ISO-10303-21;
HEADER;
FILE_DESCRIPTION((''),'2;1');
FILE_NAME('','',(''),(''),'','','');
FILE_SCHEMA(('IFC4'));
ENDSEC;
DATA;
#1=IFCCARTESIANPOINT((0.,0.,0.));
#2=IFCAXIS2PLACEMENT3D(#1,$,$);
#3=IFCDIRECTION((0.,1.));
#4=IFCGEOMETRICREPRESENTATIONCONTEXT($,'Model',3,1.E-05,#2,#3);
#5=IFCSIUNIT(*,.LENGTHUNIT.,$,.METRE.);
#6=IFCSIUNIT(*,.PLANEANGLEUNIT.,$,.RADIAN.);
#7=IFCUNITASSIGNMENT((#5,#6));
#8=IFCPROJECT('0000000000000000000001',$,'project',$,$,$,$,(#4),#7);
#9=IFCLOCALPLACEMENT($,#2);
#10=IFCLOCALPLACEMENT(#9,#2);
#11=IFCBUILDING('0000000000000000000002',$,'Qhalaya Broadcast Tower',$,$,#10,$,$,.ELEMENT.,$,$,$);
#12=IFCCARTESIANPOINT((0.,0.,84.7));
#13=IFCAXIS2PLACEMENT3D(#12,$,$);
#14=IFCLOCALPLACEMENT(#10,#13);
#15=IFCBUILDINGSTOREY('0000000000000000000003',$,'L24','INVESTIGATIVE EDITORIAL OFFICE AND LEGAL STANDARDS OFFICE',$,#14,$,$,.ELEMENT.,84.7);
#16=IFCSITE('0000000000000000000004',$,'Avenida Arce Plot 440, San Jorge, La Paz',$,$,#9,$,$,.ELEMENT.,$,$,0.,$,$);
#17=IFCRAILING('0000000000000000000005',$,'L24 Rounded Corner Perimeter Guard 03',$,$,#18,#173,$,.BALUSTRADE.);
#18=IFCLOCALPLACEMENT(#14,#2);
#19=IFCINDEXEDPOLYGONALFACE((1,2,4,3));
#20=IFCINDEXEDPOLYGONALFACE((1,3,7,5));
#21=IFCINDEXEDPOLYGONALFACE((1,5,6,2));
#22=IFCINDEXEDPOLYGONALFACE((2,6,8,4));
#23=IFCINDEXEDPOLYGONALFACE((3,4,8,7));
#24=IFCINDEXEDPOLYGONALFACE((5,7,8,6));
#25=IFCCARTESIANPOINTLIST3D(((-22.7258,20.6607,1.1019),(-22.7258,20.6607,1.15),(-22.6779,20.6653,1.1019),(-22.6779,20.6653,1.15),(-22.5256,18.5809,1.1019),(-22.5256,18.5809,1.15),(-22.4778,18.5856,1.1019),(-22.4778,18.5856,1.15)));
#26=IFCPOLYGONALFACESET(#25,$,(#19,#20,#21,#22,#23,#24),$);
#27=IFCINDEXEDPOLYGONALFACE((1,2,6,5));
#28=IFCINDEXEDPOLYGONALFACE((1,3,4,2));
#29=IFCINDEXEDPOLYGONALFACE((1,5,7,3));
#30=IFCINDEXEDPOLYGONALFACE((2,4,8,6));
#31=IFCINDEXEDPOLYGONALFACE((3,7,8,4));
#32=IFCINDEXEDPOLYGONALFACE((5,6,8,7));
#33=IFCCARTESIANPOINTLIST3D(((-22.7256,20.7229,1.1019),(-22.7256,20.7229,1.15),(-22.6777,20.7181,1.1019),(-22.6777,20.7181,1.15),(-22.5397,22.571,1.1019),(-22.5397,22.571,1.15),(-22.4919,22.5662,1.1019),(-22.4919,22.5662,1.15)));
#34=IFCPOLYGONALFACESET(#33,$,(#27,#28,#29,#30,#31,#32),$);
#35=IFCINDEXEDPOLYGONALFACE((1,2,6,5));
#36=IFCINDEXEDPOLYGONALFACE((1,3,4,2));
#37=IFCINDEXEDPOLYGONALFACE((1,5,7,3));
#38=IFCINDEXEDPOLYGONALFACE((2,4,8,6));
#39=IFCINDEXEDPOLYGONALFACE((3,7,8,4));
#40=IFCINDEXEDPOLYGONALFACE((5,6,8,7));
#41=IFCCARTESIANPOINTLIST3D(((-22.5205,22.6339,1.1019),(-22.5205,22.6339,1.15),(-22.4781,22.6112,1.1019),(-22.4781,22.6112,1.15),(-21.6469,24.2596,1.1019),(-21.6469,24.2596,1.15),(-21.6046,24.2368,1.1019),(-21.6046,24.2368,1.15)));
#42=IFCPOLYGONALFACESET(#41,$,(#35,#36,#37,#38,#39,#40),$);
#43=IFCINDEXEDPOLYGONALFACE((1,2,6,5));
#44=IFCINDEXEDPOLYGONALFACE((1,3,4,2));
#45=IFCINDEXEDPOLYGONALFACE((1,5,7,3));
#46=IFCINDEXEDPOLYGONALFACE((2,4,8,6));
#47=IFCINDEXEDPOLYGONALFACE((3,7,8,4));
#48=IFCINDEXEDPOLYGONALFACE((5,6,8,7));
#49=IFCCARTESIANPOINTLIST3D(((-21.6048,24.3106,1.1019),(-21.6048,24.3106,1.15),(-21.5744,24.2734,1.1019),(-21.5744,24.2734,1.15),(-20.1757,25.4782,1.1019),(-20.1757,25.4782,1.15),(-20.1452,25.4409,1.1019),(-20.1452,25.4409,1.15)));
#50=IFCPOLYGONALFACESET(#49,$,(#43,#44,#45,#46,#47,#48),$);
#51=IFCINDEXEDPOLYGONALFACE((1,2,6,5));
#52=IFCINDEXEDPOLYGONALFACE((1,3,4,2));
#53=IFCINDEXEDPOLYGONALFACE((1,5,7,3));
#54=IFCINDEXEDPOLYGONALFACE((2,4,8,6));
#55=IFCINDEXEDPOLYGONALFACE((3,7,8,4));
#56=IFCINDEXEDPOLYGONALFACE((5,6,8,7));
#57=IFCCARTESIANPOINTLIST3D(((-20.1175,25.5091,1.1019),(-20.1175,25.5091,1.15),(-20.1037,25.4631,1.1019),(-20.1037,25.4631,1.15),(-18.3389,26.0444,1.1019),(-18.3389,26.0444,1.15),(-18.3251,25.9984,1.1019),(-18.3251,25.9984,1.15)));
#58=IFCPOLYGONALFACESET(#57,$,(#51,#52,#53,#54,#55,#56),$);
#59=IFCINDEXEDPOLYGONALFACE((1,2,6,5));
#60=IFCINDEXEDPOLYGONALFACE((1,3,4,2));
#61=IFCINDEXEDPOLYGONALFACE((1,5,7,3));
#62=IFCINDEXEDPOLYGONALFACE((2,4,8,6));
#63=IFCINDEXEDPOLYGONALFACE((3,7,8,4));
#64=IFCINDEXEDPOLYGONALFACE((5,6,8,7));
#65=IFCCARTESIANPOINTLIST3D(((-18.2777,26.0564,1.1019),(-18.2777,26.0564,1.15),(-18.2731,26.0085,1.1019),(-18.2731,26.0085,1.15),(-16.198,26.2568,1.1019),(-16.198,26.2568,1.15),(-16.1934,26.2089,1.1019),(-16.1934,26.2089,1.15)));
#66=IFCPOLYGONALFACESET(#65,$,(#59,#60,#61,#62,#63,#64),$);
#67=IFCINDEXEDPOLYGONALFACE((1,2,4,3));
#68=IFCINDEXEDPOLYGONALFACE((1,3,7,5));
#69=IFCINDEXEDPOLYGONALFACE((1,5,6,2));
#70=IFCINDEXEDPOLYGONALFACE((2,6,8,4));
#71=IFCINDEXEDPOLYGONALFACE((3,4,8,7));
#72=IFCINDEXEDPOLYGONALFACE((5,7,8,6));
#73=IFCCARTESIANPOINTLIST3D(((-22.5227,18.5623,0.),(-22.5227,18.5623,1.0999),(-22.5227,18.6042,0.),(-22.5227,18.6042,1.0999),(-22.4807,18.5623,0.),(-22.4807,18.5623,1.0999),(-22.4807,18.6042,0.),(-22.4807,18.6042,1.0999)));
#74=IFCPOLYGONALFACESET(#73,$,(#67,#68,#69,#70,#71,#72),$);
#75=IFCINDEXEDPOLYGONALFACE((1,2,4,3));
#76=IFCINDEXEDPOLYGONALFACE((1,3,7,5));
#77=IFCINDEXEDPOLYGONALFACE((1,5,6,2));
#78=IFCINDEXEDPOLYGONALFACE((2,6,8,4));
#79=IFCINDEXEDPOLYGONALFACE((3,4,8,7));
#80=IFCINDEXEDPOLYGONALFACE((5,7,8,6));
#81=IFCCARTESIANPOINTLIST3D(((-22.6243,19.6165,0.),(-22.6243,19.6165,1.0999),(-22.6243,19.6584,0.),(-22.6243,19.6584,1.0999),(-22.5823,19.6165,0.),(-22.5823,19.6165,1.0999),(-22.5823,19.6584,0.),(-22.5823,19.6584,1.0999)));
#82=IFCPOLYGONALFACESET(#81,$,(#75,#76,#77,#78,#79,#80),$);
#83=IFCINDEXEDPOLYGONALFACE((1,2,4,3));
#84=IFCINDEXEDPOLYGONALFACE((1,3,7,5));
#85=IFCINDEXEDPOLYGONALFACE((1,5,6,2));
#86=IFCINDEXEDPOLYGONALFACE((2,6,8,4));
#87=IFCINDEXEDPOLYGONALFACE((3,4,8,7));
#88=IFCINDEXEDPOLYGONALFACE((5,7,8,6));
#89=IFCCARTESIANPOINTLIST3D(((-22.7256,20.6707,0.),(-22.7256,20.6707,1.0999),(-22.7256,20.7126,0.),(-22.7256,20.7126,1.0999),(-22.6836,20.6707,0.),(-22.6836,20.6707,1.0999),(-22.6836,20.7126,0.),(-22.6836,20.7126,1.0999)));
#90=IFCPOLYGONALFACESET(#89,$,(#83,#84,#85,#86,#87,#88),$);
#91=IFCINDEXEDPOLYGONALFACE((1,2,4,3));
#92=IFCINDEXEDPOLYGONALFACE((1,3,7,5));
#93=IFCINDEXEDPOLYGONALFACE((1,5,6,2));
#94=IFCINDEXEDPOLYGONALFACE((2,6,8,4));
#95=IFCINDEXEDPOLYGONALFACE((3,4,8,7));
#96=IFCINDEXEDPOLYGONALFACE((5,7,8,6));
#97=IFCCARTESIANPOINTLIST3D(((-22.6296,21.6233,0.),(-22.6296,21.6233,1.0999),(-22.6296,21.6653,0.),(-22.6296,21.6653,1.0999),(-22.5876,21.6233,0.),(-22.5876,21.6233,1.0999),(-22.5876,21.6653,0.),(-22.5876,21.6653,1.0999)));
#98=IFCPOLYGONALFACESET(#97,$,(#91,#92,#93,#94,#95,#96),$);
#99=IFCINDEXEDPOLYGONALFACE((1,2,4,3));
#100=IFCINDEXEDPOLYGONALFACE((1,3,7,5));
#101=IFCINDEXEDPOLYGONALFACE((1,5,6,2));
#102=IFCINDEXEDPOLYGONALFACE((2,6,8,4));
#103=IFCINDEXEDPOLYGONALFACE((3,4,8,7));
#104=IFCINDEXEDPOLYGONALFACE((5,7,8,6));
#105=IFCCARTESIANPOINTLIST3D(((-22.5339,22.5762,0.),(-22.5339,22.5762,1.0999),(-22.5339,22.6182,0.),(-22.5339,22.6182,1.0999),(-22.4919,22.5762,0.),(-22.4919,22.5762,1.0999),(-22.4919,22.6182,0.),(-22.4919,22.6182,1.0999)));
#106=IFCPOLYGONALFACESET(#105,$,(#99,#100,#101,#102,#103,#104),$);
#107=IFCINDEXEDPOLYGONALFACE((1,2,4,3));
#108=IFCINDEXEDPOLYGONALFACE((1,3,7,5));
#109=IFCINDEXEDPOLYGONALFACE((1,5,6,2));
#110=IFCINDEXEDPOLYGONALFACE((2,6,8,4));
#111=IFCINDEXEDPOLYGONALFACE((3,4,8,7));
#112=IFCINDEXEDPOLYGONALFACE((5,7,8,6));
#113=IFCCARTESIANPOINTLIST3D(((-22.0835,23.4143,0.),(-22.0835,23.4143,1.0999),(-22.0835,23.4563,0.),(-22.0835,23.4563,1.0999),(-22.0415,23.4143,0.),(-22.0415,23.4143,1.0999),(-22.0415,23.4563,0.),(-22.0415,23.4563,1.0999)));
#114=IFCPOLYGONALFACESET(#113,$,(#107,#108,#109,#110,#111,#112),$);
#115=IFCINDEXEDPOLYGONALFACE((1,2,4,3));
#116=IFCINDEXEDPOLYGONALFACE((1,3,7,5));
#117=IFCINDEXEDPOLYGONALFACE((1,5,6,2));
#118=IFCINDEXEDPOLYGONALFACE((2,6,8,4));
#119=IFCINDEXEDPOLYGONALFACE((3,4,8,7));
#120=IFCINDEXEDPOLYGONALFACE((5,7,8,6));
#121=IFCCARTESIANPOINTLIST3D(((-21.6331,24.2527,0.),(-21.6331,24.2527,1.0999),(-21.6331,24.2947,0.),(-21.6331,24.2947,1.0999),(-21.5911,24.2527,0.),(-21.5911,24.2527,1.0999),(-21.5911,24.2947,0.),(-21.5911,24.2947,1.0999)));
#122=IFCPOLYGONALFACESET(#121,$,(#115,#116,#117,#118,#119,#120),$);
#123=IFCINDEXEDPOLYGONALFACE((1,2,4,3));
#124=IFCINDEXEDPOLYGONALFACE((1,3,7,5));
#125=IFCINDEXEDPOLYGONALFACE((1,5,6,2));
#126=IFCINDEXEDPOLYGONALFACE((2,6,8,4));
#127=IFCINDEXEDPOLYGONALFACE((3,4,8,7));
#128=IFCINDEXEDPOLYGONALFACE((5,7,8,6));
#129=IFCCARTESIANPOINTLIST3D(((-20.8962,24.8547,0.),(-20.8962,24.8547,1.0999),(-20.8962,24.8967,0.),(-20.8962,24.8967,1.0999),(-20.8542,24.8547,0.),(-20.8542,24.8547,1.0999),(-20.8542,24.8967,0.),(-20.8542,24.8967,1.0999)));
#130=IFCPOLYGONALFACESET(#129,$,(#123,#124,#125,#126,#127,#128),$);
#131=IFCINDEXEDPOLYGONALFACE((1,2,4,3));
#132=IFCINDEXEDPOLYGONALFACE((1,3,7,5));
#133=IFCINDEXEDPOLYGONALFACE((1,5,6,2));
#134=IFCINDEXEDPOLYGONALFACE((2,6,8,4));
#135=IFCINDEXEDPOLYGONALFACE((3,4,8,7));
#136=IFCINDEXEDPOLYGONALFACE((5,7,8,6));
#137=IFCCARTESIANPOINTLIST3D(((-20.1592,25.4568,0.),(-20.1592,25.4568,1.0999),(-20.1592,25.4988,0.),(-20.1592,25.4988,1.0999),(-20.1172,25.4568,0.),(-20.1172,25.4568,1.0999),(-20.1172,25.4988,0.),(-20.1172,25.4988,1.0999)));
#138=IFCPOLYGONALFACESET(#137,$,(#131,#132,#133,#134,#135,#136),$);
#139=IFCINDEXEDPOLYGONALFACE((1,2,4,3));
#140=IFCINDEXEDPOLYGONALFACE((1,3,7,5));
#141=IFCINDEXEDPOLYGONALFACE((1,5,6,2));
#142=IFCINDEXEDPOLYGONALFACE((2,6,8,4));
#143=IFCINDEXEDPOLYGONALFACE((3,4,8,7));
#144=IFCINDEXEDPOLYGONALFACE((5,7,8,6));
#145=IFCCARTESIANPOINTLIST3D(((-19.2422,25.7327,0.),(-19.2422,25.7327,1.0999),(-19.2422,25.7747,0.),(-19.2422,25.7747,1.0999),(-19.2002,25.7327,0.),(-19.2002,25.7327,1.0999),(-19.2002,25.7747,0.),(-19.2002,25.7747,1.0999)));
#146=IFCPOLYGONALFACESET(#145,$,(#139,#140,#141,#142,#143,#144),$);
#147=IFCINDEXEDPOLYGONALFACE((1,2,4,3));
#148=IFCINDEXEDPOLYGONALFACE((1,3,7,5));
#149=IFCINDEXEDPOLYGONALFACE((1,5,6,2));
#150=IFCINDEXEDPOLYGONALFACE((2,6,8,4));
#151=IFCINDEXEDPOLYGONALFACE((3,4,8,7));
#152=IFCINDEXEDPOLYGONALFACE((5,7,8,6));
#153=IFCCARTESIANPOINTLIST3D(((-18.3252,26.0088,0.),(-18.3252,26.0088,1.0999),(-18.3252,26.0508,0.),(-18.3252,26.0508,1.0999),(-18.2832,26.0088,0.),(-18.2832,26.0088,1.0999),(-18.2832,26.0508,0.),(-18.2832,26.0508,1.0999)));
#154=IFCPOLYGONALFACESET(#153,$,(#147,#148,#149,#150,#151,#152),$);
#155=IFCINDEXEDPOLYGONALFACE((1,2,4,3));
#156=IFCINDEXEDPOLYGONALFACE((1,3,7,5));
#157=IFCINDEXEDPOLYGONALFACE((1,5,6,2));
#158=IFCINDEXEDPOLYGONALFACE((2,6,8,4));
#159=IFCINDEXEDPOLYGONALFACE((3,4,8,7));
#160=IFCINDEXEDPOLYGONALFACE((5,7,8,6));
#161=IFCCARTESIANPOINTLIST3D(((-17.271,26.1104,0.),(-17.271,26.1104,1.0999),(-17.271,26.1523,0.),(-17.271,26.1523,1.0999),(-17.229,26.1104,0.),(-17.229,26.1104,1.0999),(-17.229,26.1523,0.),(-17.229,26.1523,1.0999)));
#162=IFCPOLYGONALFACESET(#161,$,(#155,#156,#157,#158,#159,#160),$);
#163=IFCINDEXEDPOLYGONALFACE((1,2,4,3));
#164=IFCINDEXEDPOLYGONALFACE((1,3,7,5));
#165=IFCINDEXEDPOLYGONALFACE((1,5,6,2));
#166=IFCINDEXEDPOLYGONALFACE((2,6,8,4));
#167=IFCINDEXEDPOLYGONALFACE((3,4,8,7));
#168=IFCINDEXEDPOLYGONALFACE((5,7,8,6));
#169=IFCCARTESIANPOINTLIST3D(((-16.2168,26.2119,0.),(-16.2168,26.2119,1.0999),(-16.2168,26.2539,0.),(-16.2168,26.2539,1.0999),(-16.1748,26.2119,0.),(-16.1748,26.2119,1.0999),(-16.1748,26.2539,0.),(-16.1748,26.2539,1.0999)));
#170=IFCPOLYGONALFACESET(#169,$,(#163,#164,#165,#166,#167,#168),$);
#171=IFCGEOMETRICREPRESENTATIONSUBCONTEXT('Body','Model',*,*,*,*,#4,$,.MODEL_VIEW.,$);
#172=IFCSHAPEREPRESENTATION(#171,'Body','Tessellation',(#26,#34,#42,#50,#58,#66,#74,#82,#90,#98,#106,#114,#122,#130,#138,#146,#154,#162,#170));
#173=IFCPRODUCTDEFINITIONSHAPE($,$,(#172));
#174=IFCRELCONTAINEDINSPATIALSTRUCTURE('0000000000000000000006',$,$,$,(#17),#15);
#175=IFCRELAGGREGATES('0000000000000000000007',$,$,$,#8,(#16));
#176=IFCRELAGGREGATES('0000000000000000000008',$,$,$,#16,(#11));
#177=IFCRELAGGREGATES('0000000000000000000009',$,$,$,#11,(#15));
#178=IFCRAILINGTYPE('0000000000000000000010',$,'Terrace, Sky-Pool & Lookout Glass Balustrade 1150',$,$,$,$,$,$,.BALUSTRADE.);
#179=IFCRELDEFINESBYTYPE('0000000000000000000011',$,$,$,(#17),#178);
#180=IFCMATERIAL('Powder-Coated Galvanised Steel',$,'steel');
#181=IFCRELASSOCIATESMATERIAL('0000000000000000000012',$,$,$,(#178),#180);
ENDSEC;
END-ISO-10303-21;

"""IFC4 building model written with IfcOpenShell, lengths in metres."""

from ifc_helpers import new_model, si_unit, direction, frame, origin, origin_2d, place, context, subcontext, project, spatial, rectangle, extrude, material, type_object, element, save


model = new_model("IFC4")

# Units and contexts
model_context = context("Model", 3, precision=1e-05, world=origin(), true_north=direction((0.0, 1.0)))
body_context = subcontext(model_context, "Body", "Model", "MODEL_VIEW")
ifc_project = project(units=[si_unit("LENGTHUNIT", "METRE"), si_unit("PLANEANGLEUNIT", "RADIAN")], contexts=[model_context])

# Site, building, storey
site_placement = place(None, origin())
site = spatial("IfcSite", under=ifc_project, at=site_placement, Name="Avenida Arce Plot 440, San Jorge, La Paz", CompositionType="ELEMENT", RefElevation=0.0)
building_placement = place(site_placement, origin())
building = spatial("IfcBuilding", under=site, at=building_placement, Name="Qhalaya Broadcast Tower", CompositionType="ELEMENT")
storey_placement = place(building_placement, frame((0.0, 0.0, 84.7)))
storey = spatial("IfcBuildingStorey", under=building, at=storey_placement, Name="L24", Description="INVESTIGATIVE EDITORIAL OFFICE AND LEGAL STANDARDS OFFICE", CompositionType="ELEMENT", Elevation=84.7)

# Railing
ifc_material_1 = material(Name="Powder-Coated Galvanised Steel", Category="steel")
railing_type = type_object("IfcRailingType", Name="Terrace, Sky-Pool & Lookout Glass Balustrade 1150", PredefinedType="BALUSTRADE", material=ifc_material_1)
railing_placement = place(storey_placement, frame((-22.5017, 18.5833, 0.0)))
element("IfcRailing", 1, at=railing_placement, inside=storey, type_object=railing_type, Name="L24 Rounded Corner Perimeter Guard 03", PredefinedType="BALUSTRADE", context=body_context, shape_type="SweptSolid", body=[
    extrude(rectangle(XDim=0.0481, YDim=0.0481, at=origin_2d()), frame((0.0, 0.0, 1.126), z_axis=(-0.095783, 0.995402, 0.0), x_axis=(-0.995402, -0.095783, 0.0)), (0.0, 0.0, 1.0), 2.0894),
    extrude(rectangle(XDim=0.0481, YDim=0.0481, at=origin_2d()), frame((-0.2, 2.1372, 1.126), z_axis=(0.100072, 0.99498, 0.0), x_axis=(-0.99498, 0.100072, 0.0)), (0.0, 0.0, 1.0), 1.8574),
    extrude(rectangle(XDim=0.0481, YDim=0.0481, at=origin_2d()), frame((0.0024, 4.0393, 1.126), z_axis=(0.473342, 0.880879, 0.0), x_axis=(-0.880879, 0.473342, 0.0)), (0.0, 0.0, 1.0), 1.8455),
    extrude(rectangle(XDim=0.0481, YDim=0.0481, at=origin_2d()), frame((0.9121, 5.7087, 1.126), z_axis=(0.77442, 0.632672, 0.0), x_axis=(-0.632672, 0.77442, 0.0)), (0.0, 0.0, 1.0), 1.8455),
    extrude(rectangle(XDim=0.0481, YDim=0.0481, at=origin_2d()), frame((2.3911, 6.9028, 1.126), z_axis=(0.957566, 0.288213, 0.0), x_axis=(-0.288213, 0.957566, 0.0)), (0.0, 0.0, 1.0), 1.8574),
    extrude(rectangle(XDim=0.0481, YDim=0.0481, at=origin_2d()), frame((4.2263, 7.4492, 1.126), z_axis=(0.995391, 0.095897, 0.0), x_axis=(-0.095897, 0.995391, 0.0)), (0.0, 0.0, 1.0), 2.0894),
    extrude(rectangle(XDim=0.042, YDim=0.042, at=origin_2d()), origin(), (0.0, 0.0, 1.0), 1.0999),
    extrude(rectangle(XDim=0.042, YDim=0.042, at=origin_2d()), frame((-0.1016, 1.0542, 0.0)), (0.0, 0.0, 1.0), 1.0999),
    extrude(rectangle(XDim=0.042, YDim=0.042, at=origin_2d()), frame((-0.2029, 2.1084, 0.0)), (0.0, 0.0, 1.0), 1.0999),
    extrude(rectangle(XDim=0.042, YDim=0.042, at=origin_2d()), frame((-0.1069, 3.061, 0.0)), (0.0, 0.0, 1.0), 1.0999),
    extrude(rectangle(XDim=0.042, YDim=0.042, at=origin_2d()), frame((-0.0112, 4.0139, 0.0)), (0.0, 0.0, 1.0), 1.0999),
    extrude(rectangle(XDim=0.042, YDim=0.042, at=origin_2d()), frame((0.4392, 4.8521, 0.0)), (0.0, 0.0, 1.0), 1.0999),
    extrude(rectangle(XDim=0.042, YDim=0.042, at=origin_2d()), frame((0.8896, 5.6904, 0.0)), (0.0, 0.0, 1.0), 1.0999),
    extrude(rectangle(XDim=0.042, YDim=0.042, at=origin_2d()), frame((1.6265, 6.2925, 0.0)), (0.0, 0.0, 1.0), 1.0999),
    extrude(rectangle(XDim=0.042, YDim=0.042, at=origin_2d()), frame((2.3635, 6.8945, 0.0)), (0.0, 0.0, 1.0), 1.0999),
    extrude(rectangle(XDim=0.042, YDim=0.042, at=origin_2d()), frame((3.2805, 7.1704, 0.0)), (0.0, 0.0, 1.0), 1.0999),
    extrude(rectangle(XDim=0.042, YDim=0.042, at=origin_2d()), frame((4.1975, 7.4465, 0.0)), (0.0, 0.0, 1.0), 1.0999),
    extrude(rectangle(XDim=0.042, YDim=0.042, at=origin_2d()), frame((5.2517, 7.5481, 0.0)), (0.0, 0.0, 1.0), 1.0999),
    extrude(rectangle(XDim=0.042, YDim=0.042, at=origin_2d()), frame((6.3059, 7.6497, 0.0)), (0.0, 0.0, 1.0), 1.0999),
])

save(model, "model.ifc")
